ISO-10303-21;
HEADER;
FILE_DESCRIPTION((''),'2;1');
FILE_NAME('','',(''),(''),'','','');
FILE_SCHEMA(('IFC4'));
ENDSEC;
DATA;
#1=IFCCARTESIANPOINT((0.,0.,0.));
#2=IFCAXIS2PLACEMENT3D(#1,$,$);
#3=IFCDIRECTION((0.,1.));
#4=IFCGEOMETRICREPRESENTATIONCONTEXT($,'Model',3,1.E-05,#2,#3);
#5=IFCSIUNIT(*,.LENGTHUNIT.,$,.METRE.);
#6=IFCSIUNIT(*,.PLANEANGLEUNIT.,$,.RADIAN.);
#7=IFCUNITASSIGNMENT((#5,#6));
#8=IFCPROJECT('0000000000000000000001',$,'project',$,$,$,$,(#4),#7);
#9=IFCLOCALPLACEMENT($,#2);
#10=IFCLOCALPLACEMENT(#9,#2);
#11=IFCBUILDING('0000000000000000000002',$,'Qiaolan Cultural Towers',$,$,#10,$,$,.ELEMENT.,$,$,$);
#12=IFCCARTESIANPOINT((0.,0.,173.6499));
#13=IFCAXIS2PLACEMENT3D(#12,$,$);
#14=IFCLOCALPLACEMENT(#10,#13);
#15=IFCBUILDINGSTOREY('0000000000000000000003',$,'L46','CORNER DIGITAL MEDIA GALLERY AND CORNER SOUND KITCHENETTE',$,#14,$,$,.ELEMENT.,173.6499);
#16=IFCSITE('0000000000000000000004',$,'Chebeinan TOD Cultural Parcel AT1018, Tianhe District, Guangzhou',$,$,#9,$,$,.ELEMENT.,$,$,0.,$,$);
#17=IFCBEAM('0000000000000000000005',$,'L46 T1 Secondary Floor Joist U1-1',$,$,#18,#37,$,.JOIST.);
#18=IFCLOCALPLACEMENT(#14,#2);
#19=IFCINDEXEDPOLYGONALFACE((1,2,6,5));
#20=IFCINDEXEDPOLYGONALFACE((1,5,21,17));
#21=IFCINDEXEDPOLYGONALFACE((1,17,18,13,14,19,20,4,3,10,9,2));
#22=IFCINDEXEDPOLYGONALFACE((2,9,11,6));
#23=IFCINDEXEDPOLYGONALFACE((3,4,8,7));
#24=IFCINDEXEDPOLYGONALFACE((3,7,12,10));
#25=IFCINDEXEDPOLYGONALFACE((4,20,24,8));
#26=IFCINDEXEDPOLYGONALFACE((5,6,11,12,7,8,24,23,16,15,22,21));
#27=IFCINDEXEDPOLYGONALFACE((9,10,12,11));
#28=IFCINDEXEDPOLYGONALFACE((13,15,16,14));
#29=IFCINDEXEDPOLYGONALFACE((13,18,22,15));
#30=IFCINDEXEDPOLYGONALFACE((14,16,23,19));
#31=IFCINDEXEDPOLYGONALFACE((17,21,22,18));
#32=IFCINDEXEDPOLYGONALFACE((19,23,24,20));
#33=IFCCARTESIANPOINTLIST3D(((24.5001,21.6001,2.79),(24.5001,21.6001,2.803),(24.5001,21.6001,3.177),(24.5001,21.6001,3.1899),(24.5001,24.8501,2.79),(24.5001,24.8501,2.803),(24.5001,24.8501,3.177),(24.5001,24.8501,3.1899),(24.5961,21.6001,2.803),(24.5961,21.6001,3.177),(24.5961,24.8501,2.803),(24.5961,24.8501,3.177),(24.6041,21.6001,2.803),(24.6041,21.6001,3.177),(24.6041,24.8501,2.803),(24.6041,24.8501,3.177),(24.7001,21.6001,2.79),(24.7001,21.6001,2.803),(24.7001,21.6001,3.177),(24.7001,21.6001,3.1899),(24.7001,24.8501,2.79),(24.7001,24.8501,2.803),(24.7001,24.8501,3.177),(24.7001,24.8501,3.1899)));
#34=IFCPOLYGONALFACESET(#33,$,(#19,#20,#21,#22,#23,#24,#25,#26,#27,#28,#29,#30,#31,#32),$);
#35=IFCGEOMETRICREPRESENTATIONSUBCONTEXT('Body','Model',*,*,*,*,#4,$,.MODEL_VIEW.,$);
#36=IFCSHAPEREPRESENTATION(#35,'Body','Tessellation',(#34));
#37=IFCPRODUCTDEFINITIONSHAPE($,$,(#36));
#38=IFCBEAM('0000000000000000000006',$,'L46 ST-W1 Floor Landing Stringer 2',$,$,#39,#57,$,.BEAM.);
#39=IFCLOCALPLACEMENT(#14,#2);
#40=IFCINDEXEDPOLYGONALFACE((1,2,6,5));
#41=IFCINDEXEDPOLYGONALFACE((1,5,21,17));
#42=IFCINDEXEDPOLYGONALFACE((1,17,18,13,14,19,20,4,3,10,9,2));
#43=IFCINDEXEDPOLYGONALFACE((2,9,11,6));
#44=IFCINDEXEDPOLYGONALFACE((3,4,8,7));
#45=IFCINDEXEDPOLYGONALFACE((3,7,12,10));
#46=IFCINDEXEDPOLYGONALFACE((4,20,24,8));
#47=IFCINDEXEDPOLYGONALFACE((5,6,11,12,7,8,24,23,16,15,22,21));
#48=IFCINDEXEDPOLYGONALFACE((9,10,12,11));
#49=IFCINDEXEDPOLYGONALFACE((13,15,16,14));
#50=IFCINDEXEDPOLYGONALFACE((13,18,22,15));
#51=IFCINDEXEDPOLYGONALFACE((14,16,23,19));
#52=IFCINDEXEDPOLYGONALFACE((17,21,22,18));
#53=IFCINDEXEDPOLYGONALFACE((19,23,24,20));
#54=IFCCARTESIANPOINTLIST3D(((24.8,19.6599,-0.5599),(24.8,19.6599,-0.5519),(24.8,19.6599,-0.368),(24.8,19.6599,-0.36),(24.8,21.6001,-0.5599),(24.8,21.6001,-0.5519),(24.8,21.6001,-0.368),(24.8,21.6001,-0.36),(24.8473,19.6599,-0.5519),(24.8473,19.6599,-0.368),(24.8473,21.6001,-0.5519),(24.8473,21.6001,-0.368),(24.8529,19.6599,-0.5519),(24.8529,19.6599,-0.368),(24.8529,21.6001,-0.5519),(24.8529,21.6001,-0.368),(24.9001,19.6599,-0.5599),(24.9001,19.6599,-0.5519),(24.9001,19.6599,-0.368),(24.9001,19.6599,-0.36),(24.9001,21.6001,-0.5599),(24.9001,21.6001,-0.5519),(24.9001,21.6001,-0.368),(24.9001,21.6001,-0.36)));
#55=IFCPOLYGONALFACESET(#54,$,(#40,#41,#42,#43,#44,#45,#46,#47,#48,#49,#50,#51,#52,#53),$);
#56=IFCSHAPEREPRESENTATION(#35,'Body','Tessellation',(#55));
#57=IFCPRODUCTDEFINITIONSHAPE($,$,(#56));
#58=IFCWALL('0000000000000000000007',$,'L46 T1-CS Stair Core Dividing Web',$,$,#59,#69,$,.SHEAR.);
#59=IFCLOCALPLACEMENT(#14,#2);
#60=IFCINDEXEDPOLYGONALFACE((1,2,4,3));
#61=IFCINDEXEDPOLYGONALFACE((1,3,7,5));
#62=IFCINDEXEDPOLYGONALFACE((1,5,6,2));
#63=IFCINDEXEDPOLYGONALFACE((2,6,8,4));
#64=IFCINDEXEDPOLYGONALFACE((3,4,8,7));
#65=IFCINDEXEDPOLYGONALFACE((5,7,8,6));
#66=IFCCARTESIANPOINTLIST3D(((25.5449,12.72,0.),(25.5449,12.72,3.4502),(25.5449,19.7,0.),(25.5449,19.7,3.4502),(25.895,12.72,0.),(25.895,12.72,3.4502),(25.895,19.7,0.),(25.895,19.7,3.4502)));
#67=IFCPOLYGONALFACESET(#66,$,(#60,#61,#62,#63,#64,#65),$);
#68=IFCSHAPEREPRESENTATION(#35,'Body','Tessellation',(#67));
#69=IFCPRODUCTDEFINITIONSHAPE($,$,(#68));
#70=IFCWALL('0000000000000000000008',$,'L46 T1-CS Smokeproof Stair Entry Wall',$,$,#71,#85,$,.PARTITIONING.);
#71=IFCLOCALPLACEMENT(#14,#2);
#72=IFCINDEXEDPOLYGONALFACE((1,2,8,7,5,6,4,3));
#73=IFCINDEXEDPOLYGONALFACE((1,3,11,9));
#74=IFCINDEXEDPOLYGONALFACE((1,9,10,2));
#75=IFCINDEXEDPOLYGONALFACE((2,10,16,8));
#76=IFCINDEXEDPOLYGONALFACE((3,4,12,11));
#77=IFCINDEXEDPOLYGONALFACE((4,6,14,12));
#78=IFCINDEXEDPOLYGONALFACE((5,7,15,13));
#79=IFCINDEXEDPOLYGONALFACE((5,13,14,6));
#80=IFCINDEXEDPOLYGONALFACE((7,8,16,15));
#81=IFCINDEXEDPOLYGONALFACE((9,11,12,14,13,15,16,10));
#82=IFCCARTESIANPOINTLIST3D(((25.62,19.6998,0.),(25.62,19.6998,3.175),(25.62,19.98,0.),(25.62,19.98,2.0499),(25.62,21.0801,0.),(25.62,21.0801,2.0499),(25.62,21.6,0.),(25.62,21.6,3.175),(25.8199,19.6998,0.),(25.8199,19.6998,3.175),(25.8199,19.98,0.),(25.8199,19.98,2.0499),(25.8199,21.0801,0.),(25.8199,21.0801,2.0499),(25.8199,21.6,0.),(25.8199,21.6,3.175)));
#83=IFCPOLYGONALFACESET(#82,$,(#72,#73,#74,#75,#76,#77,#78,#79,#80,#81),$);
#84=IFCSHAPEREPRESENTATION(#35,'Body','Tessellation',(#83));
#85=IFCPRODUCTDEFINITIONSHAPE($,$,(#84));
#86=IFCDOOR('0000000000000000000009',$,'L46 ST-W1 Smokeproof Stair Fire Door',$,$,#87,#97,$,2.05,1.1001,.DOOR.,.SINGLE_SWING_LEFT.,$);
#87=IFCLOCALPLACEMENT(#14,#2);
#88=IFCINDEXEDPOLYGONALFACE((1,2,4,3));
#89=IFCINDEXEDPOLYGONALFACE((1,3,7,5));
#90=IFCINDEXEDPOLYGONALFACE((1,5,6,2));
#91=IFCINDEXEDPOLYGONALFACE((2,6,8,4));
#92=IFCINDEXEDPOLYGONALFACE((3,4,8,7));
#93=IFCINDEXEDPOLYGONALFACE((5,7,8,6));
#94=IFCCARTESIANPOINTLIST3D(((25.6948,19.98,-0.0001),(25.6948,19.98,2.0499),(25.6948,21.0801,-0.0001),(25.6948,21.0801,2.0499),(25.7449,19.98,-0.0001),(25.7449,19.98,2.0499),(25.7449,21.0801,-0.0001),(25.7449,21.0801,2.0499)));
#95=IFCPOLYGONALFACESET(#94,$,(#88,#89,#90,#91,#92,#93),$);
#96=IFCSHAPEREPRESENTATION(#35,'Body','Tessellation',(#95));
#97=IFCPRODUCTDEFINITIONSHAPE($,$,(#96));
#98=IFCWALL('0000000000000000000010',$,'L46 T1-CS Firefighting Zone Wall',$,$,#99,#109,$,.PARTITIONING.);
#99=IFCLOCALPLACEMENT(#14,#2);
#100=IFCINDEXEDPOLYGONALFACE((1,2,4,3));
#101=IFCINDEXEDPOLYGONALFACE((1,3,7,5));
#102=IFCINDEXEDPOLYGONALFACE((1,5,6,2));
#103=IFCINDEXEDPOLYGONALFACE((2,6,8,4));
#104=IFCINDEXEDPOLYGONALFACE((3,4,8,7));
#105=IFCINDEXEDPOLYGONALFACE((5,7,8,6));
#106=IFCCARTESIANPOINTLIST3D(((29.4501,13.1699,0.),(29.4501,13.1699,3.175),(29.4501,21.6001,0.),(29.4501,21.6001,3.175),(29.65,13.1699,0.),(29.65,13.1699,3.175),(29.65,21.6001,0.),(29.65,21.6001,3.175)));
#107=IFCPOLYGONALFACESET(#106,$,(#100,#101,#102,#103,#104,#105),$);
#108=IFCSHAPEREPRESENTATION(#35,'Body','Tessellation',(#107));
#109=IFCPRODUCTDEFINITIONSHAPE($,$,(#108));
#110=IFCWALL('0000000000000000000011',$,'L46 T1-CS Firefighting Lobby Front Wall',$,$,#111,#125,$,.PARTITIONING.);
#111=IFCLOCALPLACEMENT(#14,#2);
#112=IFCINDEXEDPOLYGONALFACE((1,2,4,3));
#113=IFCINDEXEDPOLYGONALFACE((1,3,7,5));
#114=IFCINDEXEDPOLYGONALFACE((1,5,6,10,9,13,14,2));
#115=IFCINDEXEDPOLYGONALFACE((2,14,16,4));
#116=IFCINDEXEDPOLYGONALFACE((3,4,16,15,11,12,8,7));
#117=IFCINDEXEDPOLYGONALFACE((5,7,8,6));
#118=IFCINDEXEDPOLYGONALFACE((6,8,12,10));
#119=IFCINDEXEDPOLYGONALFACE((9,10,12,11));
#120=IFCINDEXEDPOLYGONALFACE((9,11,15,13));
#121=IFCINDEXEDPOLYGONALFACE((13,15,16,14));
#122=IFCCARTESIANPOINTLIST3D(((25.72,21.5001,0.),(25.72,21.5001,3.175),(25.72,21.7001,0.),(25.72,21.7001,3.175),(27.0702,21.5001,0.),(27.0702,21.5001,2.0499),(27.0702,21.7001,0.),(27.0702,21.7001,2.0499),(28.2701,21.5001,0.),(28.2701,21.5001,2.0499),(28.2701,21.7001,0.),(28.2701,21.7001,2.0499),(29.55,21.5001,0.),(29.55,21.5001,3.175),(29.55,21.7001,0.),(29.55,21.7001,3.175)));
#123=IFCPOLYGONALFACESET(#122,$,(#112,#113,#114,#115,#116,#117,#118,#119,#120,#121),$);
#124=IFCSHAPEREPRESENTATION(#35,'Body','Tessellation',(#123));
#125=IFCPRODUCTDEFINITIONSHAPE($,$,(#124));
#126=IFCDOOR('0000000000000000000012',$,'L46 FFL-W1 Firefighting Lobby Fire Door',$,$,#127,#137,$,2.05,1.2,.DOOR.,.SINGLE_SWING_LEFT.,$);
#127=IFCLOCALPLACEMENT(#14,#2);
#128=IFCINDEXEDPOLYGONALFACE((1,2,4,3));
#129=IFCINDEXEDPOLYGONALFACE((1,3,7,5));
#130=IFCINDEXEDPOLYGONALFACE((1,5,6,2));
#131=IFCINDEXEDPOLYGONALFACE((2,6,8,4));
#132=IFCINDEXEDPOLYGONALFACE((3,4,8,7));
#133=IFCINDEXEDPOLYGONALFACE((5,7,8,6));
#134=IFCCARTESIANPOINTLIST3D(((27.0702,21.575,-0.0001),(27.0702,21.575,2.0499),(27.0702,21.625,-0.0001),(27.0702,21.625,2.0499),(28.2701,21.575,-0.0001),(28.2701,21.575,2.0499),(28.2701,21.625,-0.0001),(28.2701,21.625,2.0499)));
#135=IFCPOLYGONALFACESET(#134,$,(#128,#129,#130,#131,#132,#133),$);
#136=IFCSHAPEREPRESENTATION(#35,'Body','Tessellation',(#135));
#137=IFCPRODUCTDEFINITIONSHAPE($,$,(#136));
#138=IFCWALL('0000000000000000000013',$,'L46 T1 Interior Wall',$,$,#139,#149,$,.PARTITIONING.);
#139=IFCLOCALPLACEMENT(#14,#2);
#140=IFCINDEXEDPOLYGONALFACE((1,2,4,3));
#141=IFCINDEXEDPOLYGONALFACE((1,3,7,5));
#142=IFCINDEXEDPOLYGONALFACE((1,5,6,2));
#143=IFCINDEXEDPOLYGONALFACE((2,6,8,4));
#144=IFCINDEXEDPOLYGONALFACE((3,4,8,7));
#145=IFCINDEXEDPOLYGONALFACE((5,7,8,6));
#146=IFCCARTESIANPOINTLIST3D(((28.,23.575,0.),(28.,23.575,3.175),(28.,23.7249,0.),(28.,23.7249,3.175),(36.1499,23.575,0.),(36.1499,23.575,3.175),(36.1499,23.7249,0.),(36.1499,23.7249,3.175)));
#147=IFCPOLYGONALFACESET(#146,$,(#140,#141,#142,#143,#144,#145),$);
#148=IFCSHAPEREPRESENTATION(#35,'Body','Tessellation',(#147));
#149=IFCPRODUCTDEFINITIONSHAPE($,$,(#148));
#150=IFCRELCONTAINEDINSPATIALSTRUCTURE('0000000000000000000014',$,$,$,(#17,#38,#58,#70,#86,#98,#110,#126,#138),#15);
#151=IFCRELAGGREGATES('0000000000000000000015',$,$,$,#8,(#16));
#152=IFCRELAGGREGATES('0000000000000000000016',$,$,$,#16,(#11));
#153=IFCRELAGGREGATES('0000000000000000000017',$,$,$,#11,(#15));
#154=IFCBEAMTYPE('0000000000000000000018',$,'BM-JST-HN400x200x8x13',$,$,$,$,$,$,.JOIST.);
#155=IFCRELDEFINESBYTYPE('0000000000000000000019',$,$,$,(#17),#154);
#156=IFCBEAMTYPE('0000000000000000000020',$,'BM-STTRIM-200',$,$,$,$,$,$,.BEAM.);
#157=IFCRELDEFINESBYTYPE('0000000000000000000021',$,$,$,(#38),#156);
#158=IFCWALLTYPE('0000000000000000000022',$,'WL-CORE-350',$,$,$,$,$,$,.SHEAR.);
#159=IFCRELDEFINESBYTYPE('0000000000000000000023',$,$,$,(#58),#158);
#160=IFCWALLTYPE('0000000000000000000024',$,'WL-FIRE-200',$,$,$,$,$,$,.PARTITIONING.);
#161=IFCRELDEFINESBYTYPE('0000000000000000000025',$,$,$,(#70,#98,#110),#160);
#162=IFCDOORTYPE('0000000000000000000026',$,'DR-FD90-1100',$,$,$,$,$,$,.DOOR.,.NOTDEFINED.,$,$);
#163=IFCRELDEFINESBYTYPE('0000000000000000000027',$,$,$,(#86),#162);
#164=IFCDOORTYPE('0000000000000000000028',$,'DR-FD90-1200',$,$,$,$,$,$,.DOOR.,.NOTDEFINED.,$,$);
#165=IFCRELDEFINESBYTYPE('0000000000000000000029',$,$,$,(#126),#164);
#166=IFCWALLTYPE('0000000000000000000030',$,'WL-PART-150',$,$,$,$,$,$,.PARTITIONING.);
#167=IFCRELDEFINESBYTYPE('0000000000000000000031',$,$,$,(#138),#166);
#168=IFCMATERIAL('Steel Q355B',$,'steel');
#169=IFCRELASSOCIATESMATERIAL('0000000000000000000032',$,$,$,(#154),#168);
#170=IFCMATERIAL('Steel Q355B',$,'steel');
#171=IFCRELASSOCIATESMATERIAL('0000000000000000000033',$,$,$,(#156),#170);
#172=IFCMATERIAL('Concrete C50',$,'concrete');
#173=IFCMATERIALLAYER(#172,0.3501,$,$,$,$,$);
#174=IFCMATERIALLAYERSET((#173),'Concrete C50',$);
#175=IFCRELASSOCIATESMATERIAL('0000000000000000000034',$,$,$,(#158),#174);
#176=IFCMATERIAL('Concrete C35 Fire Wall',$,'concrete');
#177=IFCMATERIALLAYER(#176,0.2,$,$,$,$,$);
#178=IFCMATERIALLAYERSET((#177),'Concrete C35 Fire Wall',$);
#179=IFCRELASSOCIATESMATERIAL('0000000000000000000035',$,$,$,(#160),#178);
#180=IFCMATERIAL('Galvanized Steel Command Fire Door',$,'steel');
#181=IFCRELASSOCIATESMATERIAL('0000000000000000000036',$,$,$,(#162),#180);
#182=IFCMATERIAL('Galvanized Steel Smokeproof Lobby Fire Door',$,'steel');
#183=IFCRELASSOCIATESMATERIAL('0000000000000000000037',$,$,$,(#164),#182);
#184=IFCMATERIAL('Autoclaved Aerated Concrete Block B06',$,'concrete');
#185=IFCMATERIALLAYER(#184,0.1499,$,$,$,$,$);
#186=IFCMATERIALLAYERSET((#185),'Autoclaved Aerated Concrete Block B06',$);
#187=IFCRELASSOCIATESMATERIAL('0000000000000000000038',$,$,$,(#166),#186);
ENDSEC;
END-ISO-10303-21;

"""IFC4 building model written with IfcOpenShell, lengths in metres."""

from ifc_helpers import new_model, si_unit, direction, frame, frame_2d, origin, origin_2d, place, context, subcontext, project, spatial, rectangle, i_section, extrude, material, layer, layer_set, material_profile, profile_set, type_object, element, fill, save


model = new_model("IFC4")

# Units and contexts
model_context = context("Model", 3, precision=1e-05, world=origin(), true_north=direction((0.0, 1.0)))
body_context = subcontext(model_context, "Body", "Model", "MODEL_VIEW")
ifc_project = project(units=[si_unit("LENGTHUNIT", "METRE"), si_unit("PLANEANGLEUNIT", "RADIAN")], contexts=[model_context])

# Site, building, storey
site_placement = place(None, origin())
site = spatial("IfcSite", under=ifc_project, at=site_placement, Name="Chebeinan TOD Cultural Parcel AT1018, Tianhe District, Guangzhou", CompositionType="ELEMENT", RefElevation=0.0)
building_placement = place(site_placement, origin())
building = spatial("IfcBuilding", under=site, at=building_placement, Name="Qiaolan Cultural Towers", CompositionType="ELEMENT")
storey_placement = place(building_placement, frame((0.0, 0.0, 173.6499)))
storey = spatial("IfcBuildingStorey", under=building, at=storey_placement, Name="L46", Description="CORNER DIGITAL MEDIA GALLERY AND CORNER SOUND KITCHENETTE", CompositionType="ELEMENT", Elevation=173.6499)

# Beams
ifc_material_1 = material(Name="Steel Q355B", Category="steel")
ifc_material_profile_1 = material_profile(ifc_material_1, i_section(OverallWidth=0.2, OverallDepth=0.3999, WebThickness=0.0081, FlangeThickness=0.0129, at=origin_2d()), Name="HN400x200x8x13")
ifc_profile_set_1 = profile_set([ifc_material_profile_1], Name="Steel Q355B")
beam_type_1 = type_object("IfcBeamType", Name="BM-JST-HN400x200x8x13", PredefinedType="JOIST", material=ifc_profile_set_1)
beam_1_placement = place(storey_placement, frame((24.6001, 21.6001, 2.99), z_axis=(0.0, 1.0, 0.0), x_axis=(-1.0, 0.0, 0.0)))
element("IfcBeam", 1, at=beam_1_placement, inside=storey, type_object=beam_type_1, Name="L46 T1 Secondary Floor Joist U1-1", PredefinedType="JOIST", context=body_context, shape_type="SweptSolid", body=[
    extrude(i_section(OverallWidth=0.2, OverallDepth=0.3999, WebThickness=0.0081, FlangeThickness=0.0129, at=origin_2d()), origin(), (0.0, 0.0, 1.0), 3.25),
])
ifc_material_2 = material(Name="Steel Q355B", Category="steel")
ifc_material_profile_2 = material_profile(ifc_material_2, i_section(OverallWidth=0.1001, OverallDepth=0.2, WebThickness=0.0056, FlangeThickness=0.0081, at=origin_2d()), Name="HN200x100x5.5x8")
ifc_profile_set_2 = profile_set([ifc_material_profile_2], Name="Steel Q355B")
beam_type_2 = type_object("IfcBeamType", Name="BM-STTRIM-200", PredefinedType="BEAM", material=ifc_profile_set_2)
beam_2_placement = place(storey_placement, frame((24.8501, 21.6001, -0.46), z_axis=(0.0, -1.0, 0.0), x_axis=(1.0, 0.0, 0.0)))
element("IfcBeam", 2, at=beam_2_placement, inside=storey, type_object=beam_type_2, Name="L46 ST-W1 Floor Landing Stringer 2", PredefinedType="BEAM", context=body_context, shape_type="SweptSolid", body=[
    extrude(i_section(OverallWidth=0.1001, OverallDepth=0.2, WebThickness=0.0056, FlangeThickness=0.0081, at=origin_2d()), origin(), (0.0, 0.0, 1.0), 1.9402),
])

# Wall
ifc_material_3 = material(Name="Concrete C50", Category="concrete")
ifc_layer_1 = layer(ifc_material_3, 0.3501)
ifc_layer_set_1 = layer_set([ifc_layer_1], Name="Concrete C50")
wall_type_1 = type_object("IfcWallType", Name="WL-CORE-350", PredefinedType="SHEAR", material=ifc_layer_set_1)
wall_1_placement = place(storey_placement, frame((25.72, 19.7, 0.0), z_axis=(0.0, 0.0, 1.0), x_axis=(0.0, -1.0, 0.0)))
element("IfcWall", 3, at=wall_1_placement, inside=storey, type_object=wall_type_1, Name="L46 T1-CS Stair Core Dividing Web", PredefinedType="SHEAR", context=body_context, shape_type="SweptSolid", body=[
    extrude(rectangle(XDim=6.98, YDim=0.3501, at=frame_2d((3.49, 0.0))), origin(), (0.0, 0.0, 1.0), 3.4502),
])

# Wall, opening, door
ifc_material_4 = material(Name="Concrete C35 Fire Wall", Category="concrete")
ifc_layer_2 = layer(ifc_material_4, 0.2)
ifc_layer_set_2 = layer_set([ifc_layer_2], Name="Concrete C35 Fire Wall")
wall_type_2 = type_object("IfcWallType", Name="WL-FIRE-200", PredefinedType="PARTITIONING", material=ifc_layer_set_2)
wall_2_placement = place(storey_placement, frame((25.72, 21.6001, 0.0), z_axis=(0.0, 0.0, 1.0), x_axis=(0.0, -1.0, 0.0)))
wall_2 = element("IfcWall", 4, at=wall_2_placement, inside=storey, type_object=wall_type_2, Name="L46 T1-CS Smokeproof Stair Entry Wall", PredefinedType="PARTITIONING", context=body_context, shape_type="SweptSolid", body=[
    extrude(rectangle(XDim=1.9001, YDim=0.2, at=frame_2d((0.9502, 0.0))), origin(), (0.0, 0.0, 1.0), 3.175),
])
opening_1_placement = place(wall_2_placement, frame((0.52, 0.0, 0.0)))
opening_1 = element("IfcOpeningElement", 5, at=opening_1_placement, cuts=wall_2, PredefinedType="OPENING", context=body_context, shape_type="SweptSolid", body=[
    extrude(rectangle(XDim=1.1001, YDim=2.05, at=frame_2d((0.55, 1.0249))), frame((0.0, 0.1099, 0.0), z_axis=(0.0, -1.0, 0.0), x_axis=(1.0, 0.0, 0.0)), (0.0, 0.0, 1.0), 0.22),
])
ifc_material_5 = material(Name="Galvanized Steel Command Fire Door", Category="steel")
door_type_1 = type_object("IfcDoorType", Name="DR-FD90-1100", OperationType="NOTDEFINED", PredefinedType="DOOR", material=ifc_material_5)
door_1_placement = place(opening_1_placement, origin())
door_1 = element("IfcDoor", 6, at=door_1_placement, inside=storey, type_object=door_type_1, Name="L46 ST-W1 Smokeproof Stair Fire Door", OperationType="SINGLE_SWING_LEFT", OverallHeight=2.05, OverallWidth=1.1001, PredefinedType="DOOR", context=body_context, shape_type="SweptSolid", body=[
    extrude(rectangle(XDim=1.1001, YDim=2.05, at=frame_2d((0.55, 1.0249))), frame((0.0, 0.0249, 0.0), z_axis=(0.0, -1.0, 0.0), x_axis=(1.0, 0.0, 0.0)), (0.0, 0.0, 1.0), 0.05),
])
fill(opening_1, door_1)

# Wall
wall_3_placement = place(storey_placement, frame((29.55, 21.6001, 0.0), z_axis=(0.0, 0.0, 1.0), x_axis=(0.0, -1.0, 0.0)))
element("IfcWall", 7, at=wall_3_placement, inside=storey, type_object=wall_type_2, Name="L46 T1-CS Firefighting Zone Wall", PredefinedType="PARTITIONING", context=body_context, shape_type="SweptSolid", body=[
    extrude(rectangle(XDim=8.4302, YDim=0.2, at=frame_2d((4.2151, 0.0))), origin(), (0.0, 0.0, 1.0), 3.175),
])

# Wall, opening, door
wall_4_placement = place(storey_placement, frame((25.72, 21.6001, 0.0), z_axis=(0.0, 0.0, 1.0), x_axis=(1.0, 0.0, 0.0)))
wall_4 = element("IfcWall", 8, at=wall_4_placement, inside=storey, type_object=wall_type_2, Name="L46 T1-CS Firefighting Lobby Front Wall", PredefinedType="PARTITIONING", context=body_context, shape_type="SweptSolid", body=[
    extrude(rectangle(XDim=3.8301, YDim=0.2, at=frame_2d((1.915, 0.0))), origin(), (0.0, 0.0, 1.0), 3.175),
])
opening_2_placement = place(wall_4_placement, frame((1.3501, 0.0, 0.0)))
opening_2 = element("IfcOpeningElement", 9, at=opening_2_placement, cuts=wall_4, PredefinedType="OPENING", context=body_context, shape_type="SweptSolid", body=[
    extrude(rectangle(XDim=1.2, YDim=2.05, at=frame_2d((0.6001, 1.0249))), frame((0.0, 0.1099, 0.0), z_axis=(0.0, -1.0, 0.0), x_axis=(1.0, 0.0, 0.0)), (0.0, 0.0, 1.0), 0.22),
])
ifc_material_6 = material(Name="Galvanized Steel Smokeproof Lobby Fire Door", Category="steel")
door_type_2 = type_object("IfcDoorType", Name="DR-FD90-1200", OperationType="NOTDEFINED", PredefinedType="DOOR", material=ifc_material_6)
door_2_placement = place(opening_2_placement, origin())
door_2 = element("IfcDoor", 10, at=door_2_placement, inside=storey, type_object=door_type_2, Name="L46 FFL-W1 Firefighting Lobby Fire Door", OperationType="SINGLE_SWING_LEFT", OverallHeight=2.05, OverallWidth=1.2, PredefinedType="DOOR", context=body_context, shape_type="SweptSolid", body=[
    extrude(rectangle(XDim=1.2, YDim=2.05, at=frame_2d((0.6001, 1.0249))), frame((0.0, 0.0249, 0.0), z_axis=(0.0, -1.0, 0.0), x_axis=(1.0, 0.0, 0.0)), (0.0, 0.0, 1.0), 0.05),
])
fill(opening_2, door_2)

# Wall
ifc_material_7 = material(Name="Autoclaved Aerated Concrete Block B06", Category="concrete")
ifc_layer_3 = layer(ifc_material_7, 0.1499)
ifc_layer_set_3 = layer_set([ifc_layer_3], Name="Autoclaved Aerated Concrete Block B06")
wall_type_3 = type_object("IfcWallType", Name="WL-PART-150", PredefinedType="PARTITIONING", material=ifc_layer_set_3)
wall_5_placement = place(storey_placement, frame((28.0, 23.6499, 0.0), z_axis=(0.0, 0.0, 1.0), x_axis=(1.0, 0.0, 0.0)))
element("IfcWall", 11, at=wall_5_placement, inside=storey, type_object=wall_type_3, Name="L46 T1 Interior Wall", PredefinedType="PARTITIONING", context=body_context, shape_type="SweptSolid", body=[
    extrude(rectangle(XDim=8.1499, YDim=0.1499, at=frame_2d((4.075, 0.0))), origin(), (0.0, 0.0, 1.0), 3.175),
])

save(model, "model.ifc")
